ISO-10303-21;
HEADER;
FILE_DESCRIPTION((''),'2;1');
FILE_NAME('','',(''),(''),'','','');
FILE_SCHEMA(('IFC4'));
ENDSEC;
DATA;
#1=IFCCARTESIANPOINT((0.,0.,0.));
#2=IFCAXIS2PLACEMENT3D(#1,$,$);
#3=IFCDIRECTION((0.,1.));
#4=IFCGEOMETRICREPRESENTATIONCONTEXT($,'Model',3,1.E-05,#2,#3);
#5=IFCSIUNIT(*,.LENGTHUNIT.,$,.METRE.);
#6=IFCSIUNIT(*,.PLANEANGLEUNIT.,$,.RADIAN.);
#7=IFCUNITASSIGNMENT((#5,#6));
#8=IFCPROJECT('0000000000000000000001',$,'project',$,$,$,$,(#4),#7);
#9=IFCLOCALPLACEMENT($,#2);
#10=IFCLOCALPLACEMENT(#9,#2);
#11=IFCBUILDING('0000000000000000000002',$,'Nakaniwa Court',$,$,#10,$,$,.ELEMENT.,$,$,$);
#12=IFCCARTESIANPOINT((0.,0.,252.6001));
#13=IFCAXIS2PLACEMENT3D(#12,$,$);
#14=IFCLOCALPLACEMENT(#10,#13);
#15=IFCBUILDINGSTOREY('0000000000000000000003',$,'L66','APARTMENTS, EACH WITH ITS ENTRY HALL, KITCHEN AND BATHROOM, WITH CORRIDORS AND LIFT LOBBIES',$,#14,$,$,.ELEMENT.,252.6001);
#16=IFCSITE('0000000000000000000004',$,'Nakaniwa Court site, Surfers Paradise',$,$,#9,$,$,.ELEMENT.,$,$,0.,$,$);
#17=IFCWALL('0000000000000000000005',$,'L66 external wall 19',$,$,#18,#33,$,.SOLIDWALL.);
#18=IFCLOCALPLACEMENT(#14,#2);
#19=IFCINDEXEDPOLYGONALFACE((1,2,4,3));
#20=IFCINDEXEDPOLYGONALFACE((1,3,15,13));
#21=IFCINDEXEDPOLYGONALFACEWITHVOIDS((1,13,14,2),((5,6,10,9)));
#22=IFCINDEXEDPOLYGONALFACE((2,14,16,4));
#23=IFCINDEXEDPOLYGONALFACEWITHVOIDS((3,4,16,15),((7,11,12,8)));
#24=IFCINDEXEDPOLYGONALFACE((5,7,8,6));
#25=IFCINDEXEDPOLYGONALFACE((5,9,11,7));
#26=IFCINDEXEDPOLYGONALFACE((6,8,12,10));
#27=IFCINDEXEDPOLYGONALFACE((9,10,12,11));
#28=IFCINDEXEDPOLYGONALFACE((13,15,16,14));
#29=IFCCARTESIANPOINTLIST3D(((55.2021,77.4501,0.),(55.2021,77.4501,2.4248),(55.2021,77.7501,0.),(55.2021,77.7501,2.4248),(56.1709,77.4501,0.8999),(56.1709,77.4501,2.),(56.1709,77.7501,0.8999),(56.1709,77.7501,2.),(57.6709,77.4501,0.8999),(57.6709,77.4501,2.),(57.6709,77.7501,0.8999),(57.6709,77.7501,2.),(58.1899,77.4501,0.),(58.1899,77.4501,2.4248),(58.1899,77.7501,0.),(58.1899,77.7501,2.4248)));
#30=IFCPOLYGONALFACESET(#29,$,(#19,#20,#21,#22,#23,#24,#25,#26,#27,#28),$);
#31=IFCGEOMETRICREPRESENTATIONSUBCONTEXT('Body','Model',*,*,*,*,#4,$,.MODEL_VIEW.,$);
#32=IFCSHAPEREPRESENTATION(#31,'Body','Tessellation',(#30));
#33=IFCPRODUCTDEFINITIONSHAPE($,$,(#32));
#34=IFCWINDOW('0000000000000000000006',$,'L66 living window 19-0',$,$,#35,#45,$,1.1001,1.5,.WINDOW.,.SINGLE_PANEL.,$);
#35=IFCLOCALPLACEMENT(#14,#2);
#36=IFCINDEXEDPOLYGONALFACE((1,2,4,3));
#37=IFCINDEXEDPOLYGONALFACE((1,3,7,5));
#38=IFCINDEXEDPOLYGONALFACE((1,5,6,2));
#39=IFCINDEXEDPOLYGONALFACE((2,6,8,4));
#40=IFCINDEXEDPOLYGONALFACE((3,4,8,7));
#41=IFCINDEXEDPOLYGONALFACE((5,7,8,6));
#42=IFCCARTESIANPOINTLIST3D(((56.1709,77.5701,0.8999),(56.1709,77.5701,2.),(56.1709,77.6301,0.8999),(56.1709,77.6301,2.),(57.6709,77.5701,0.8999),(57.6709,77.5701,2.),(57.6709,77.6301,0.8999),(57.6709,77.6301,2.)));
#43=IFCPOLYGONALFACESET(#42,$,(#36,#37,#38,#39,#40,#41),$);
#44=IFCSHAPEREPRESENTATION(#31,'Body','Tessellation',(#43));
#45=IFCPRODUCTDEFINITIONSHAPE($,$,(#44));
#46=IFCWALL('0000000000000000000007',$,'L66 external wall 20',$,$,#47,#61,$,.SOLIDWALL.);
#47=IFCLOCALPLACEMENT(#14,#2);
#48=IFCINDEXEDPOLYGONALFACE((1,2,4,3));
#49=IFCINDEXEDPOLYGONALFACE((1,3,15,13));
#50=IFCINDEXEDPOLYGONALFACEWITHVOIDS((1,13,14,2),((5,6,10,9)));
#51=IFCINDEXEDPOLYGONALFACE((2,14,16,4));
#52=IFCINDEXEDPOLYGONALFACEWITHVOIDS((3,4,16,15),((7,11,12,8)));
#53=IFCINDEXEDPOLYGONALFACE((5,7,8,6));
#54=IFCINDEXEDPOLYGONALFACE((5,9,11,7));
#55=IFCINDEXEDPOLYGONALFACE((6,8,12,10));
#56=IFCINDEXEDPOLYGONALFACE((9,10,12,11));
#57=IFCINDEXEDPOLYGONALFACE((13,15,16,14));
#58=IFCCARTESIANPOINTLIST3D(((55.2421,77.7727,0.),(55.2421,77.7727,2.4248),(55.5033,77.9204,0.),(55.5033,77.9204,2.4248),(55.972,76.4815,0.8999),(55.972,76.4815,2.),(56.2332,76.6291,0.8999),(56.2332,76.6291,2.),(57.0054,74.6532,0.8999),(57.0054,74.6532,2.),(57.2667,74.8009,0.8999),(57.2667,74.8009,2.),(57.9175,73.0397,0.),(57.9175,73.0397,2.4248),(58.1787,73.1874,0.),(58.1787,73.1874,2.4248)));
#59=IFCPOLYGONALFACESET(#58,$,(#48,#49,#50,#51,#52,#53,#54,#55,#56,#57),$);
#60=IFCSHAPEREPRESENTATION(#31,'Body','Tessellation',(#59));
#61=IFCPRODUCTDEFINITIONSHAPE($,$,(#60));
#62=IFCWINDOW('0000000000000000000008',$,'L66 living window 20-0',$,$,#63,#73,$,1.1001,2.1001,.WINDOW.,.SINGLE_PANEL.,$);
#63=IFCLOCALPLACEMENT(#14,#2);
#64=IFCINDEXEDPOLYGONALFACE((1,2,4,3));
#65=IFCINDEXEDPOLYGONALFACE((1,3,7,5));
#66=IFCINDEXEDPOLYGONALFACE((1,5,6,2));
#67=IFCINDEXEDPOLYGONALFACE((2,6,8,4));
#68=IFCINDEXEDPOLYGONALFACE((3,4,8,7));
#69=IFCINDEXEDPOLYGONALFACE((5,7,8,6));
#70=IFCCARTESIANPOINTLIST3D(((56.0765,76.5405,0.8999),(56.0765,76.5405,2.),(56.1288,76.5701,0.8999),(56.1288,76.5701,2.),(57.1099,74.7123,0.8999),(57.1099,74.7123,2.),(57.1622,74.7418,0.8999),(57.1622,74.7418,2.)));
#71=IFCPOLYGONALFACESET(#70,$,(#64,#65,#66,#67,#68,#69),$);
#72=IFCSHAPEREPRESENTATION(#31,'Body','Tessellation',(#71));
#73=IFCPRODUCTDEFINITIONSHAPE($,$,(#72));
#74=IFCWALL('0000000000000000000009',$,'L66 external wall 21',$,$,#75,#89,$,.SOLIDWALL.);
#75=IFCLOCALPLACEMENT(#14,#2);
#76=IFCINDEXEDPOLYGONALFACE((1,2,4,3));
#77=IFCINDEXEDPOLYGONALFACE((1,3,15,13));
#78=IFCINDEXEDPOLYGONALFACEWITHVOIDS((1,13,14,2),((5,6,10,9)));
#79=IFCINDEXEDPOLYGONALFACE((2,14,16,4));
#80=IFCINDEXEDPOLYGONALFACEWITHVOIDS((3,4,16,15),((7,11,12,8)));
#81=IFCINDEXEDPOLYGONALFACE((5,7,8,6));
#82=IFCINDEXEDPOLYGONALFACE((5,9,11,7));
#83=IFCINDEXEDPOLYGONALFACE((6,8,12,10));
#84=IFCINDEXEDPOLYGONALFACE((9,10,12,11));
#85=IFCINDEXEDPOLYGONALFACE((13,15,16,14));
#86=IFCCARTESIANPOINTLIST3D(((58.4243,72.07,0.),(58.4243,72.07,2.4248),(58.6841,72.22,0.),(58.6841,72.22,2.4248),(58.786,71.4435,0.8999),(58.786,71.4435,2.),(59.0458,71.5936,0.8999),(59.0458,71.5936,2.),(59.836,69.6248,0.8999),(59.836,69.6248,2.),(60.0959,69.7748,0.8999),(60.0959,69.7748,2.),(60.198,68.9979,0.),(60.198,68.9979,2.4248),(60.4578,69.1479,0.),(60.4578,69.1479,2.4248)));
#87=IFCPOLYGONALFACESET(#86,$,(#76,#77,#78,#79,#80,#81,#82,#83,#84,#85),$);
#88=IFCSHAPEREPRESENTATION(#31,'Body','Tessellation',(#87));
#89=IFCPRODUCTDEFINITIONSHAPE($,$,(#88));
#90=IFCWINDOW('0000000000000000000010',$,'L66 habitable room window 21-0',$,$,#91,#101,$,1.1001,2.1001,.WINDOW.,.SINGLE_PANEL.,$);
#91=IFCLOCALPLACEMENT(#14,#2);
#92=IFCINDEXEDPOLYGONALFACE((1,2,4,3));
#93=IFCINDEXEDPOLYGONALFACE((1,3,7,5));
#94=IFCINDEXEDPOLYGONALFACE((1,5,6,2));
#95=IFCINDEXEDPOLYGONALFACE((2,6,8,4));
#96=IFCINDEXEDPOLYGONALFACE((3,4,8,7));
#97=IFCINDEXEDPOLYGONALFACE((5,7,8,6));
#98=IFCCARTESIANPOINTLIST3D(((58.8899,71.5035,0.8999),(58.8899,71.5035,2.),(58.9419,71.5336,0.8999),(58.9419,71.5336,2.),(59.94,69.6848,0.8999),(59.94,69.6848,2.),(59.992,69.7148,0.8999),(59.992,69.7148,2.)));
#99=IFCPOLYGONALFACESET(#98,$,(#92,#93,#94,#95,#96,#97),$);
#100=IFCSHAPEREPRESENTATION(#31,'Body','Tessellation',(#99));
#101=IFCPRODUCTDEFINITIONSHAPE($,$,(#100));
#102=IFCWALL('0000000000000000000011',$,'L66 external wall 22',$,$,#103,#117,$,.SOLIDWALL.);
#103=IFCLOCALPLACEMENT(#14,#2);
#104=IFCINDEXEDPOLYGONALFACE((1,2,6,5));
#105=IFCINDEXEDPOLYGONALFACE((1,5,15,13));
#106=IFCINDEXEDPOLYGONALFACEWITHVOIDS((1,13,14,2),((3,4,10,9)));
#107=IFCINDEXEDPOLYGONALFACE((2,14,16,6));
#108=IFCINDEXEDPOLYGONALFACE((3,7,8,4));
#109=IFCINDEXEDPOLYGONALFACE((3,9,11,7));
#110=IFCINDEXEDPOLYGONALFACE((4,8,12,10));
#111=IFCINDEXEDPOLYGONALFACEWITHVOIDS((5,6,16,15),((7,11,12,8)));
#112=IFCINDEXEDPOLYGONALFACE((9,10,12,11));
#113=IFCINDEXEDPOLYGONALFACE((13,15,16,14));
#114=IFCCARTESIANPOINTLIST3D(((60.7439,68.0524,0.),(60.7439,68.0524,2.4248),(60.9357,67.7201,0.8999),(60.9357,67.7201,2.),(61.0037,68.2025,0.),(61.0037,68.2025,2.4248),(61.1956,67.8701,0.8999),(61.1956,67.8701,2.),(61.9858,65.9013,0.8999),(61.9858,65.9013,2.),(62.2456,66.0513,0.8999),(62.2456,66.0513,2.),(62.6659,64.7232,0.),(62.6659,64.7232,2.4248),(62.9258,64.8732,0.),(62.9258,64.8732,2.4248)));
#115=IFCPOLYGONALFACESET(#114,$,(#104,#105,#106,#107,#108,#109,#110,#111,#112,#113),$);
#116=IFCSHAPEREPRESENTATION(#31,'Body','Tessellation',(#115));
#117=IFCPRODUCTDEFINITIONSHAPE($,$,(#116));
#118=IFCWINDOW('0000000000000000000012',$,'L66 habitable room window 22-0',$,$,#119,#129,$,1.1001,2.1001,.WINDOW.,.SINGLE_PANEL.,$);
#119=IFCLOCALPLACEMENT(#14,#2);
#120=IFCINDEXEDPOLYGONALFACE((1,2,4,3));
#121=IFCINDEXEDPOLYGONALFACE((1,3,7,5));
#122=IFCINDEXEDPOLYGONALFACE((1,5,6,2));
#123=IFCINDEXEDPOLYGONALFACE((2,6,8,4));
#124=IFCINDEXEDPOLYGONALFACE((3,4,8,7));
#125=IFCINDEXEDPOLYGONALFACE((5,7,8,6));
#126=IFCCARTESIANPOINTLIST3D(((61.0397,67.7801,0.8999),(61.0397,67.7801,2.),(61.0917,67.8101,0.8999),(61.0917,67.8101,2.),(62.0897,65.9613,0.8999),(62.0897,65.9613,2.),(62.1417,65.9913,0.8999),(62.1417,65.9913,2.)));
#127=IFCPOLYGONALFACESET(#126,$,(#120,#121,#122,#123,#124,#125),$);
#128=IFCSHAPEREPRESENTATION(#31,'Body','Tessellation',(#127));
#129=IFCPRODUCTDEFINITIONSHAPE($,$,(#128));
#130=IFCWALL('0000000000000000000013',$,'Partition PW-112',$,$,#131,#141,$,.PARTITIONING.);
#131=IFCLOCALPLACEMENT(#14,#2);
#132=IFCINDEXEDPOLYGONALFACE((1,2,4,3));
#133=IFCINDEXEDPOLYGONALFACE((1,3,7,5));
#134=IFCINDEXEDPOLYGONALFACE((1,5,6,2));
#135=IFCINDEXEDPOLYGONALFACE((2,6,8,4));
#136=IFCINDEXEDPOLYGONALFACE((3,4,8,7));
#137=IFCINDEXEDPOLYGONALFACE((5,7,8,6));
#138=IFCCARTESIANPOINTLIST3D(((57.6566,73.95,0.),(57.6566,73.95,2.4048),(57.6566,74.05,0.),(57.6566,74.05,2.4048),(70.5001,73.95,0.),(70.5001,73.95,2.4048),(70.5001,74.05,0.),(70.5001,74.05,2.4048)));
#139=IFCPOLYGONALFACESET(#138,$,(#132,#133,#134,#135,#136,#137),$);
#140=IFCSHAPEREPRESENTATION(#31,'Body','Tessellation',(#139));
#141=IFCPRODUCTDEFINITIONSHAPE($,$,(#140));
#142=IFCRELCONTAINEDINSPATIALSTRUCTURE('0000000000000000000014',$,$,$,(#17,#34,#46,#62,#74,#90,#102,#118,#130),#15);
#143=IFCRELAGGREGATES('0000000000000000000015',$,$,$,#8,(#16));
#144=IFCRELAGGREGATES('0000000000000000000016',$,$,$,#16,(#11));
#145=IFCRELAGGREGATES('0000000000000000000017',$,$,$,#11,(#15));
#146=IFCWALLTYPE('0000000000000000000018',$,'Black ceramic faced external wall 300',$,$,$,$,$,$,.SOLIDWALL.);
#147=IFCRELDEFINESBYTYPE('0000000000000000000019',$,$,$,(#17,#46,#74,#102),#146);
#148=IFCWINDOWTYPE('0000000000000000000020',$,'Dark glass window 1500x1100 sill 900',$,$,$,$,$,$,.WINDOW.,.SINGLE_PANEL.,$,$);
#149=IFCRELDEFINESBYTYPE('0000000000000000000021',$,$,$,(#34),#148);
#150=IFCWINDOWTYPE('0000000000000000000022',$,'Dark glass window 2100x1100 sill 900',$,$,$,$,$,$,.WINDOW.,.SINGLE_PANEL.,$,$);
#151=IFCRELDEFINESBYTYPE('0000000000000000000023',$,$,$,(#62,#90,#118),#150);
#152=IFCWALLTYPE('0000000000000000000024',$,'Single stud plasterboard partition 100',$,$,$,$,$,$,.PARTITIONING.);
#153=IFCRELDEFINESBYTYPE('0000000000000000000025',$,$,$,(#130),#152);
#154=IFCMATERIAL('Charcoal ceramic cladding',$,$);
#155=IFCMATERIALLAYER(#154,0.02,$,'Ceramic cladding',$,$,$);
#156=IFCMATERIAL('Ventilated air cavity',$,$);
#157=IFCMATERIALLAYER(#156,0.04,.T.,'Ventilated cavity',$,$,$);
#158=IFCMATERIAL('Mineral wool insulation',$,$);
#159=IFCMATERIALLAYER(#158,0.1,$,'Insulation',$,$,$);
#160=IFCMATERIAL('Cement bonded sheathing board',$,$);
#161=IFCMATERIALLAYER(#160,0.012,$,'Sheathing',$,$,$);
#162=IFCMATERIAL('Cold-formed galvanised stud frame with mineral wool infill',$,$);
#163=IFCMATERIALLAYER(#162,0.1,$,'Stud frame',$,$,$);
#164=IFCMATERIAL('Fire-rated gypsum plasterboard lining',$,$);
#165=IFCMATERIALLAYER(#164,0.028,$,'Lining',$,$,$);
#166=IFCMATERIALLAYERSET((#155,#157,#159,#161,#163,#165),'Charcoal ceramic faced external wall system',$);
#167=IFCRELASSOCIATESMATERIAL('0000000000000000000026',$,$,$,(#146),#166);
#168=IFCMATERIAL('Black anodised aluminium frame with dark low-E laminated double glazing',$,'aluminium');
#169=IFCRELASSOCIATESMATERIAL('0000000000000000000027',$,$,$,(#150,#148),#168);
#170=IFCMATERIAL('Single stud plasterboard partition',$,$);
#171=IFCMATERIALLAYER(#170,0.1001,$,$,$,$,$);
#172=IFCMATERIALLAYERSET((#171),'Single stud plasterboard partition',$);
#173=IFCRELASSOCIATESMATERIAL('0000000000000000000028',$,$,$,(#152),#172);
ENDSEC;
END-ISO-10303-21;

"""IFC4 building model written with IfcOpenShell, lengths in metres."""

from ifc_helpers import new_model, si_unit, direction, frame, frame_2d, origin, place, context, subcontext, project, spatial, rectangle, extrude, material, layer, layer_set, type_object, element, fill, save


model = new_model("IFC4")

# Units and contexts
model_context = context("Model", 3, precision=1e-05, world=origin(), true_north=direction((0.0, 1.0)))
body_context = subcontext(model_context, "Body", "Model", "MODEL_VIEW")
ifc_project = project(units=[si_unit("LENGTHUNIT", "METRE"), si_unit("PLANEANGLEUNIT", "RADIAN")], contexts=[model_context])

# Site, building, storey
site_placement = place(None, origin())
site = spatial("IfcSite", under=ifc_project, at=site_placement, Name="Nakaniwa Court site, Surfers Paradise", CompositionType="ELEMENT", RefElevation=0.0)
building_placement = place(site_placement, origin())
building = spatial("IfcBuilding", under=site, at=building_placement, Name="Nakaniwa Court", CompositionType="ELEMENT")
storey_placement = place(building_placement, frame((0.0, 0.0, 252.6001)))
storey = spatial("IfcBuildingStorey", under=building, at=storey_placement, Name="L66", Description="APARTMENTS, EACH WITH ITS ENTRY HALL, KITCHEN AND BATHROOM, WITH CORRIDORS AND LIFT LOBBIES", CompositionType="ELEMENT", Elevation=252.6001)

# Walls, openings, windows
ifc_material_1 = material(Name="Charcoal ceramic cladding")
ifc_layer_1 = layer(ifc_material_1, 0.02, Name="Ceramic cladding")
ifc_material_2 = material(Name="Ventilated air cavity")
ifc_layer_2 = layer(ifc_material_2, 0.04, ventilated=True, Name="Ventilated cavity")
ifc_material_3 = material(Name="Mineral wool insulation")
ifc_layer_3 = layer(ifc_material_3, 0.1, Name="Insulation")
ifc_material_4 = material(Name="Cement bonded sheathing board")
ifc_layer_4 = layer(ifc_material_4, 0.012, Name="Sheathing")
ifc_material_5 = material(Name="Cold-formed galvanised stud frame with mineral wool infill")
ifc_layer_5 = layer(ifc_material_5, 0.1, Name="Stud frame")
ifc_material_6 = material(Name="Fire-rated gypsum plasterboard lining")
ifc_layer_6 = layer(ifc_material_6, 0.028, Name="Lining")
ifc_layer_set_1 = layer_set([ifc_layer_1, ifc_layer_2, ifc_layer_3, ifc_layer_4, ifc_layer_5, ifc_layer_6], Name="Charcoal ceramic faced external wall system")
wall_type_1 = type_object("IfcWallType", Name="Black ceramic faced external wall 300", PredefinedType="SOLIDWALL", material=ifc_layer_set_1)
ifc_material_7 = material(Name="Black anodised aluminium frame with dark low-E laminated double glazing", Category="aluminium")
window_type_1 = type_object("IfcWindowType", Name="Dark glass window 2100x1100 sill 900", PartitioningType="SINGLE_PANEL", PredefinedType="WINDOW", material=ifc_material_7)
wall_1_placement = place(storey_placement, frame((58.1899, 77.6001, 0.0), z_axis=(0.0, 0.0, 1.0), x_axis=(-1.0, 0.0, 0.0)))
wall_1 = element("IfcWall", 1, at=wall_1_placement, inside=storey, type_object=wall_type_1, Name="L66 external wall 19", PredefinedType="SOLIDWALL", context=body_context, shape_type="SweptSolid", body=[
    extrude(rectangle(XDim=2.9878, YDim=0.3, at=frame_2d((1.4939, 0.0))), origin(), (0.0, 0.0, 1.0), 2.4248),
])
opening_1_placement = place(wall_1_placement, frame((0.519, 0.0, 0.8999)))
opening_1 = element("IfcOpeningElement", 2, at=opening_1_placement, cuts=wall_1, PredefinedType="OPENING", context=body_context, shape_type="SweptSolid", body=[
    extrude(rectangle(XDim=1.5, YDim=1.1001, at=frame_2d((0.75, 0.55))), frame((0.0, 0.1599, 0.0), z_axis=(0.0, -1.0, 0.0), x_axis=(1.0, 0.0, 0.0)), (0.0, 0.0, 1.0), 0.3201),
])
window_type_2 = type_object("IfcWindowType", Name="Dark glass window 1500x1100 sill 900", PartitioningType="SINGLE_PANEL", PredefinedType="WINDOW", material=ifc_material_7)
window_1_placement = place(opening_1_placement, origin())
window_1 = element("IfcWindow", 3, at=window_1_placement, inside=storey, type_object=window_type_2, Name="L66 living window 19-0", OverallHeight=1.1001, OverallWidth=1.5, PartitioningType="SINGLE_PANEL", PredefinedType="WINDOW", context=body_context, shape_type="SweptSolid", body=[
    extrude(rectangle(XDim=1.5, YDim=1.1001, at=frame_2d((0.75, 0.55))), frame((0.0, 0.03, 0.0), z_axis=(0.0, -1.0, 0.0), x_axis=(1.0, 0.0, 0.0)), (0.0, 0.0, 1.0), 0.0601),
])
fill(opening_1, window_1)
wall_2_placement = place(storey_placement, frame((55.3728, 77.8464, 0.0), z_axis=(0.0, 0.0, 1.0), x_axis=(0.492081, -0.870549, 0.0)))
wall_2 = element("IfcWall", 4, at=wall_2_placement, inside=storey, type_object=wall_type_1, Name="L66 external wall 20", PredefinedType="SOLIDWALL", context=body_context, shape_type="SweptSolid", body=[
    extrude(rectangle(XDim=5.4368, YDim=0.3, at=frame_2d((2.7183, 0.0))), origin(), (0.0, 0.0, 1.0), 2.4248),
])
opening_2_placement = place(wall_2_placement, frame((1.4832, 0.0, 0.8999)))
opening_2 = element("IfcOpeningElement", 5, at=opening_2_placement, cuts=wall_2, PredefinedType="OPENING", context=body_context, shape_type="SweptSolid", body=[
    extrude(rectangle(XDim=2.1001, YDim=1.1001, at=frame_2d((1.05, 0.55))), frame((0.0, 0.1599, 0.0), z_axis=(0.0, -1.0, 0.0), x_axis=(1.0, 0.0, 0.0)), (0.0, 0.0, 1.0), 0.3201),
])
window_2_placement = place(opening_2_placement, origin())
window_2 = element("IfcWindow", 6, at=window_2_placement, inside=storey, type_object=window_type_1, Name="L66 living window 20-0", OverallHeight=1.1001, OverallWidth=2.1001, PartitioningType="SINGLE_PANEL", PredefinedType="WINDOW", context=body_context, shape_type="SweptSolid", body=[
    extrude(rectangle(XDim=2.1001, YDim=1.1001, at=frame_2d((1.05, 0.55))), frame((0.0, 0.03, 0.0), z_axis=(0.0, -1.0, 0.0), x_axis=(1.0, 0.0, 0.0)), (0.0, 0.0, 1.0), 0.0601),
])
fill(opening_2, window_2)
wall_3_placement = place(storey_placement, frame((58.5542, 72.145, 0.0), z_axis=(0.0, 0.0, 1.0), x_axis=(0.50001, -0.866019, 0.0)))
wall_3 = element("IfcWall", 7, at=wall_3_placement, inside=storey, type_object=wall_type_1, Name="L66 external wall 21", PredefinedType="SOLIDWALL", context=body_context, shape_type="SweptSolid", body=[
    extrude(rectangle(XDim=3.5474, YDim=0.3, at=frame_2d((1.7737, 0.0))), origin(), (0.0, 0.0, 1.0), 2.4248),
])
opening_3_placement = place(wall_3_placement, frame((0.7234, 0.0, 0.8999)))
opening_3 = element("IfcOpeningElement", 8, at=opening_3_placement, cuts=wall_3, PredefinedType="OPENING", context=body_context, shape_type="SweptSolid", body=[
    extrude(rectangle(XDim=2.1001, YDim=1.1001, at=frame_2d((1.05, 0.55))), frame((0.0, 0.1599, 0.0), z_axis=(0.0, -1.0, 0.0), x_axis=(1.0, 0.0, 0.0)), (0.0, 0.0, 1.0), 0.3201),
])
window_3_placement = place(opening_3_placement, origin())
window_3 = element("IfcWindow", 9, at=window_3_placement, inside=storey, type_object=window_type_1, Name="L66 habitable room window 21-0", OverallHeight=1.1001, OverallWidth=2.1001, PartitioningType="SINGLE_PANEL", PredefinedType="WINDOW", context=body_context, shape_type="SweptSolid", body=[
    extrude(rectangle(XDim=2.1001, YDim=1.1001, at=frame_2d((1.05, 0.55))), frame((0.0, 0.03, 0.0), z_axis=(0.0, -1.0, 0.0), x_axis=(1.0, 0.0, 0.0)), (0.0, 0.0, 1.0), 0.0601),
])
fill(opening_3, window_3)
wall_4_placement = place(storey_placement, frame((60.8738, 68.1274, 0.0), z_axis=(0.0, 0.0, 1.0), x_axis=(0.499984, -0.866034, 0.0)))
wall_4 = element("IfcWall", 10, at=wall_4_placement, inside=storey, type_object=wall_type_1, Name="L66 external wall 22", PredefinedType="SOLIDWALL", context=body_context, shape_type="SweptSolid", body=[
    extrude(rectangle(XDim=3.8442, YDim=0.3, at=frame_2d((1.9221, 0.0))), origin(), (0.0, 0.0, 1.0), 2.4248),
])
opening_4_placement = place(wall_4_placement, frame((0.3838, 0.0, 0.8999)))
opening_4 = element("IfcOpeningElement", 11, at=opening_4_placement, cuts=wall_4, PredefinedType="OPENING", context=body_context, shape_type="SweptSolid", body=[
    extrude(rectangle(XDim=2.1001, YDim=1.1001, at=frame_2d((1.05, 0.55))), frame((0.0, 0.1599, 0.0), z_axis=(0.0, -1.0, 0.0), x_axis=(1.0, 0.0, 0.0)), (0.0, 0.0, 1.0), 0.3201),
])
window_4_placement = place(opening_4_placement, origin())
window_4 = element("IfcWindow", 12, at=window_4_placement, inside=storey, type_object=window_type_1, Name="L66 habitable room window 22-0", OverallHeight=1.1001, OverallWidth=2.1001, PartitioningType="SINGLE_PANEL", PredefinedType="WINDOW", context=body_context, shape_type="SweptSolid", body=[
    extrude(rectangle(XDim=2.1001, YDim=1.1001, at=frame_2d((1.05, 0.55))), frame((0.0, 0.03, 0.0), z_axis=(0.0, -1.0, 0.0), x_axis=(1.0, 0.0, 0.0)), (0.0, 0.0, 1.0), 0.0601),
])
fill(opening_4, window_4)

# Wall
ifc_material_8 = material(Name="Single stud plasterboard partition")
ifc_layer_7 = layer(ifc_material_8, 0.1001)
ifc_layer_set_2 = layer_set([ifc_layer_7], Name="Single stud plasterboard partition")
wall_type_2 = type_object("IfcWallType", Name="Single stud plasterboard partition 100", PredefinedType="PARTITIONING", material=ifc_layer_set_2)
wall_5_placement = place(storey_placement, frame((57.6565, 74.0, 0.0), z_axis=(0.0, 0.0, 1.0), x_axis=(1.0, 0.0, 0.0)))
element("IfcWall", 13, at=wall_5_placement, inside=storey, type_object=wall_type_2, Name="Partition PW-112", PredefinedType="PARTITIONING", context=body_context, shape_type="SweptSolid", body=[
    extrude(rectangle(XDim=12.8435, YDim=0.1001, at=frame_2d((6.4219, 0.0))), origin(), (0.0, 0.0, 1.0), 2.4048),
])

save(model, "model.ifc")
